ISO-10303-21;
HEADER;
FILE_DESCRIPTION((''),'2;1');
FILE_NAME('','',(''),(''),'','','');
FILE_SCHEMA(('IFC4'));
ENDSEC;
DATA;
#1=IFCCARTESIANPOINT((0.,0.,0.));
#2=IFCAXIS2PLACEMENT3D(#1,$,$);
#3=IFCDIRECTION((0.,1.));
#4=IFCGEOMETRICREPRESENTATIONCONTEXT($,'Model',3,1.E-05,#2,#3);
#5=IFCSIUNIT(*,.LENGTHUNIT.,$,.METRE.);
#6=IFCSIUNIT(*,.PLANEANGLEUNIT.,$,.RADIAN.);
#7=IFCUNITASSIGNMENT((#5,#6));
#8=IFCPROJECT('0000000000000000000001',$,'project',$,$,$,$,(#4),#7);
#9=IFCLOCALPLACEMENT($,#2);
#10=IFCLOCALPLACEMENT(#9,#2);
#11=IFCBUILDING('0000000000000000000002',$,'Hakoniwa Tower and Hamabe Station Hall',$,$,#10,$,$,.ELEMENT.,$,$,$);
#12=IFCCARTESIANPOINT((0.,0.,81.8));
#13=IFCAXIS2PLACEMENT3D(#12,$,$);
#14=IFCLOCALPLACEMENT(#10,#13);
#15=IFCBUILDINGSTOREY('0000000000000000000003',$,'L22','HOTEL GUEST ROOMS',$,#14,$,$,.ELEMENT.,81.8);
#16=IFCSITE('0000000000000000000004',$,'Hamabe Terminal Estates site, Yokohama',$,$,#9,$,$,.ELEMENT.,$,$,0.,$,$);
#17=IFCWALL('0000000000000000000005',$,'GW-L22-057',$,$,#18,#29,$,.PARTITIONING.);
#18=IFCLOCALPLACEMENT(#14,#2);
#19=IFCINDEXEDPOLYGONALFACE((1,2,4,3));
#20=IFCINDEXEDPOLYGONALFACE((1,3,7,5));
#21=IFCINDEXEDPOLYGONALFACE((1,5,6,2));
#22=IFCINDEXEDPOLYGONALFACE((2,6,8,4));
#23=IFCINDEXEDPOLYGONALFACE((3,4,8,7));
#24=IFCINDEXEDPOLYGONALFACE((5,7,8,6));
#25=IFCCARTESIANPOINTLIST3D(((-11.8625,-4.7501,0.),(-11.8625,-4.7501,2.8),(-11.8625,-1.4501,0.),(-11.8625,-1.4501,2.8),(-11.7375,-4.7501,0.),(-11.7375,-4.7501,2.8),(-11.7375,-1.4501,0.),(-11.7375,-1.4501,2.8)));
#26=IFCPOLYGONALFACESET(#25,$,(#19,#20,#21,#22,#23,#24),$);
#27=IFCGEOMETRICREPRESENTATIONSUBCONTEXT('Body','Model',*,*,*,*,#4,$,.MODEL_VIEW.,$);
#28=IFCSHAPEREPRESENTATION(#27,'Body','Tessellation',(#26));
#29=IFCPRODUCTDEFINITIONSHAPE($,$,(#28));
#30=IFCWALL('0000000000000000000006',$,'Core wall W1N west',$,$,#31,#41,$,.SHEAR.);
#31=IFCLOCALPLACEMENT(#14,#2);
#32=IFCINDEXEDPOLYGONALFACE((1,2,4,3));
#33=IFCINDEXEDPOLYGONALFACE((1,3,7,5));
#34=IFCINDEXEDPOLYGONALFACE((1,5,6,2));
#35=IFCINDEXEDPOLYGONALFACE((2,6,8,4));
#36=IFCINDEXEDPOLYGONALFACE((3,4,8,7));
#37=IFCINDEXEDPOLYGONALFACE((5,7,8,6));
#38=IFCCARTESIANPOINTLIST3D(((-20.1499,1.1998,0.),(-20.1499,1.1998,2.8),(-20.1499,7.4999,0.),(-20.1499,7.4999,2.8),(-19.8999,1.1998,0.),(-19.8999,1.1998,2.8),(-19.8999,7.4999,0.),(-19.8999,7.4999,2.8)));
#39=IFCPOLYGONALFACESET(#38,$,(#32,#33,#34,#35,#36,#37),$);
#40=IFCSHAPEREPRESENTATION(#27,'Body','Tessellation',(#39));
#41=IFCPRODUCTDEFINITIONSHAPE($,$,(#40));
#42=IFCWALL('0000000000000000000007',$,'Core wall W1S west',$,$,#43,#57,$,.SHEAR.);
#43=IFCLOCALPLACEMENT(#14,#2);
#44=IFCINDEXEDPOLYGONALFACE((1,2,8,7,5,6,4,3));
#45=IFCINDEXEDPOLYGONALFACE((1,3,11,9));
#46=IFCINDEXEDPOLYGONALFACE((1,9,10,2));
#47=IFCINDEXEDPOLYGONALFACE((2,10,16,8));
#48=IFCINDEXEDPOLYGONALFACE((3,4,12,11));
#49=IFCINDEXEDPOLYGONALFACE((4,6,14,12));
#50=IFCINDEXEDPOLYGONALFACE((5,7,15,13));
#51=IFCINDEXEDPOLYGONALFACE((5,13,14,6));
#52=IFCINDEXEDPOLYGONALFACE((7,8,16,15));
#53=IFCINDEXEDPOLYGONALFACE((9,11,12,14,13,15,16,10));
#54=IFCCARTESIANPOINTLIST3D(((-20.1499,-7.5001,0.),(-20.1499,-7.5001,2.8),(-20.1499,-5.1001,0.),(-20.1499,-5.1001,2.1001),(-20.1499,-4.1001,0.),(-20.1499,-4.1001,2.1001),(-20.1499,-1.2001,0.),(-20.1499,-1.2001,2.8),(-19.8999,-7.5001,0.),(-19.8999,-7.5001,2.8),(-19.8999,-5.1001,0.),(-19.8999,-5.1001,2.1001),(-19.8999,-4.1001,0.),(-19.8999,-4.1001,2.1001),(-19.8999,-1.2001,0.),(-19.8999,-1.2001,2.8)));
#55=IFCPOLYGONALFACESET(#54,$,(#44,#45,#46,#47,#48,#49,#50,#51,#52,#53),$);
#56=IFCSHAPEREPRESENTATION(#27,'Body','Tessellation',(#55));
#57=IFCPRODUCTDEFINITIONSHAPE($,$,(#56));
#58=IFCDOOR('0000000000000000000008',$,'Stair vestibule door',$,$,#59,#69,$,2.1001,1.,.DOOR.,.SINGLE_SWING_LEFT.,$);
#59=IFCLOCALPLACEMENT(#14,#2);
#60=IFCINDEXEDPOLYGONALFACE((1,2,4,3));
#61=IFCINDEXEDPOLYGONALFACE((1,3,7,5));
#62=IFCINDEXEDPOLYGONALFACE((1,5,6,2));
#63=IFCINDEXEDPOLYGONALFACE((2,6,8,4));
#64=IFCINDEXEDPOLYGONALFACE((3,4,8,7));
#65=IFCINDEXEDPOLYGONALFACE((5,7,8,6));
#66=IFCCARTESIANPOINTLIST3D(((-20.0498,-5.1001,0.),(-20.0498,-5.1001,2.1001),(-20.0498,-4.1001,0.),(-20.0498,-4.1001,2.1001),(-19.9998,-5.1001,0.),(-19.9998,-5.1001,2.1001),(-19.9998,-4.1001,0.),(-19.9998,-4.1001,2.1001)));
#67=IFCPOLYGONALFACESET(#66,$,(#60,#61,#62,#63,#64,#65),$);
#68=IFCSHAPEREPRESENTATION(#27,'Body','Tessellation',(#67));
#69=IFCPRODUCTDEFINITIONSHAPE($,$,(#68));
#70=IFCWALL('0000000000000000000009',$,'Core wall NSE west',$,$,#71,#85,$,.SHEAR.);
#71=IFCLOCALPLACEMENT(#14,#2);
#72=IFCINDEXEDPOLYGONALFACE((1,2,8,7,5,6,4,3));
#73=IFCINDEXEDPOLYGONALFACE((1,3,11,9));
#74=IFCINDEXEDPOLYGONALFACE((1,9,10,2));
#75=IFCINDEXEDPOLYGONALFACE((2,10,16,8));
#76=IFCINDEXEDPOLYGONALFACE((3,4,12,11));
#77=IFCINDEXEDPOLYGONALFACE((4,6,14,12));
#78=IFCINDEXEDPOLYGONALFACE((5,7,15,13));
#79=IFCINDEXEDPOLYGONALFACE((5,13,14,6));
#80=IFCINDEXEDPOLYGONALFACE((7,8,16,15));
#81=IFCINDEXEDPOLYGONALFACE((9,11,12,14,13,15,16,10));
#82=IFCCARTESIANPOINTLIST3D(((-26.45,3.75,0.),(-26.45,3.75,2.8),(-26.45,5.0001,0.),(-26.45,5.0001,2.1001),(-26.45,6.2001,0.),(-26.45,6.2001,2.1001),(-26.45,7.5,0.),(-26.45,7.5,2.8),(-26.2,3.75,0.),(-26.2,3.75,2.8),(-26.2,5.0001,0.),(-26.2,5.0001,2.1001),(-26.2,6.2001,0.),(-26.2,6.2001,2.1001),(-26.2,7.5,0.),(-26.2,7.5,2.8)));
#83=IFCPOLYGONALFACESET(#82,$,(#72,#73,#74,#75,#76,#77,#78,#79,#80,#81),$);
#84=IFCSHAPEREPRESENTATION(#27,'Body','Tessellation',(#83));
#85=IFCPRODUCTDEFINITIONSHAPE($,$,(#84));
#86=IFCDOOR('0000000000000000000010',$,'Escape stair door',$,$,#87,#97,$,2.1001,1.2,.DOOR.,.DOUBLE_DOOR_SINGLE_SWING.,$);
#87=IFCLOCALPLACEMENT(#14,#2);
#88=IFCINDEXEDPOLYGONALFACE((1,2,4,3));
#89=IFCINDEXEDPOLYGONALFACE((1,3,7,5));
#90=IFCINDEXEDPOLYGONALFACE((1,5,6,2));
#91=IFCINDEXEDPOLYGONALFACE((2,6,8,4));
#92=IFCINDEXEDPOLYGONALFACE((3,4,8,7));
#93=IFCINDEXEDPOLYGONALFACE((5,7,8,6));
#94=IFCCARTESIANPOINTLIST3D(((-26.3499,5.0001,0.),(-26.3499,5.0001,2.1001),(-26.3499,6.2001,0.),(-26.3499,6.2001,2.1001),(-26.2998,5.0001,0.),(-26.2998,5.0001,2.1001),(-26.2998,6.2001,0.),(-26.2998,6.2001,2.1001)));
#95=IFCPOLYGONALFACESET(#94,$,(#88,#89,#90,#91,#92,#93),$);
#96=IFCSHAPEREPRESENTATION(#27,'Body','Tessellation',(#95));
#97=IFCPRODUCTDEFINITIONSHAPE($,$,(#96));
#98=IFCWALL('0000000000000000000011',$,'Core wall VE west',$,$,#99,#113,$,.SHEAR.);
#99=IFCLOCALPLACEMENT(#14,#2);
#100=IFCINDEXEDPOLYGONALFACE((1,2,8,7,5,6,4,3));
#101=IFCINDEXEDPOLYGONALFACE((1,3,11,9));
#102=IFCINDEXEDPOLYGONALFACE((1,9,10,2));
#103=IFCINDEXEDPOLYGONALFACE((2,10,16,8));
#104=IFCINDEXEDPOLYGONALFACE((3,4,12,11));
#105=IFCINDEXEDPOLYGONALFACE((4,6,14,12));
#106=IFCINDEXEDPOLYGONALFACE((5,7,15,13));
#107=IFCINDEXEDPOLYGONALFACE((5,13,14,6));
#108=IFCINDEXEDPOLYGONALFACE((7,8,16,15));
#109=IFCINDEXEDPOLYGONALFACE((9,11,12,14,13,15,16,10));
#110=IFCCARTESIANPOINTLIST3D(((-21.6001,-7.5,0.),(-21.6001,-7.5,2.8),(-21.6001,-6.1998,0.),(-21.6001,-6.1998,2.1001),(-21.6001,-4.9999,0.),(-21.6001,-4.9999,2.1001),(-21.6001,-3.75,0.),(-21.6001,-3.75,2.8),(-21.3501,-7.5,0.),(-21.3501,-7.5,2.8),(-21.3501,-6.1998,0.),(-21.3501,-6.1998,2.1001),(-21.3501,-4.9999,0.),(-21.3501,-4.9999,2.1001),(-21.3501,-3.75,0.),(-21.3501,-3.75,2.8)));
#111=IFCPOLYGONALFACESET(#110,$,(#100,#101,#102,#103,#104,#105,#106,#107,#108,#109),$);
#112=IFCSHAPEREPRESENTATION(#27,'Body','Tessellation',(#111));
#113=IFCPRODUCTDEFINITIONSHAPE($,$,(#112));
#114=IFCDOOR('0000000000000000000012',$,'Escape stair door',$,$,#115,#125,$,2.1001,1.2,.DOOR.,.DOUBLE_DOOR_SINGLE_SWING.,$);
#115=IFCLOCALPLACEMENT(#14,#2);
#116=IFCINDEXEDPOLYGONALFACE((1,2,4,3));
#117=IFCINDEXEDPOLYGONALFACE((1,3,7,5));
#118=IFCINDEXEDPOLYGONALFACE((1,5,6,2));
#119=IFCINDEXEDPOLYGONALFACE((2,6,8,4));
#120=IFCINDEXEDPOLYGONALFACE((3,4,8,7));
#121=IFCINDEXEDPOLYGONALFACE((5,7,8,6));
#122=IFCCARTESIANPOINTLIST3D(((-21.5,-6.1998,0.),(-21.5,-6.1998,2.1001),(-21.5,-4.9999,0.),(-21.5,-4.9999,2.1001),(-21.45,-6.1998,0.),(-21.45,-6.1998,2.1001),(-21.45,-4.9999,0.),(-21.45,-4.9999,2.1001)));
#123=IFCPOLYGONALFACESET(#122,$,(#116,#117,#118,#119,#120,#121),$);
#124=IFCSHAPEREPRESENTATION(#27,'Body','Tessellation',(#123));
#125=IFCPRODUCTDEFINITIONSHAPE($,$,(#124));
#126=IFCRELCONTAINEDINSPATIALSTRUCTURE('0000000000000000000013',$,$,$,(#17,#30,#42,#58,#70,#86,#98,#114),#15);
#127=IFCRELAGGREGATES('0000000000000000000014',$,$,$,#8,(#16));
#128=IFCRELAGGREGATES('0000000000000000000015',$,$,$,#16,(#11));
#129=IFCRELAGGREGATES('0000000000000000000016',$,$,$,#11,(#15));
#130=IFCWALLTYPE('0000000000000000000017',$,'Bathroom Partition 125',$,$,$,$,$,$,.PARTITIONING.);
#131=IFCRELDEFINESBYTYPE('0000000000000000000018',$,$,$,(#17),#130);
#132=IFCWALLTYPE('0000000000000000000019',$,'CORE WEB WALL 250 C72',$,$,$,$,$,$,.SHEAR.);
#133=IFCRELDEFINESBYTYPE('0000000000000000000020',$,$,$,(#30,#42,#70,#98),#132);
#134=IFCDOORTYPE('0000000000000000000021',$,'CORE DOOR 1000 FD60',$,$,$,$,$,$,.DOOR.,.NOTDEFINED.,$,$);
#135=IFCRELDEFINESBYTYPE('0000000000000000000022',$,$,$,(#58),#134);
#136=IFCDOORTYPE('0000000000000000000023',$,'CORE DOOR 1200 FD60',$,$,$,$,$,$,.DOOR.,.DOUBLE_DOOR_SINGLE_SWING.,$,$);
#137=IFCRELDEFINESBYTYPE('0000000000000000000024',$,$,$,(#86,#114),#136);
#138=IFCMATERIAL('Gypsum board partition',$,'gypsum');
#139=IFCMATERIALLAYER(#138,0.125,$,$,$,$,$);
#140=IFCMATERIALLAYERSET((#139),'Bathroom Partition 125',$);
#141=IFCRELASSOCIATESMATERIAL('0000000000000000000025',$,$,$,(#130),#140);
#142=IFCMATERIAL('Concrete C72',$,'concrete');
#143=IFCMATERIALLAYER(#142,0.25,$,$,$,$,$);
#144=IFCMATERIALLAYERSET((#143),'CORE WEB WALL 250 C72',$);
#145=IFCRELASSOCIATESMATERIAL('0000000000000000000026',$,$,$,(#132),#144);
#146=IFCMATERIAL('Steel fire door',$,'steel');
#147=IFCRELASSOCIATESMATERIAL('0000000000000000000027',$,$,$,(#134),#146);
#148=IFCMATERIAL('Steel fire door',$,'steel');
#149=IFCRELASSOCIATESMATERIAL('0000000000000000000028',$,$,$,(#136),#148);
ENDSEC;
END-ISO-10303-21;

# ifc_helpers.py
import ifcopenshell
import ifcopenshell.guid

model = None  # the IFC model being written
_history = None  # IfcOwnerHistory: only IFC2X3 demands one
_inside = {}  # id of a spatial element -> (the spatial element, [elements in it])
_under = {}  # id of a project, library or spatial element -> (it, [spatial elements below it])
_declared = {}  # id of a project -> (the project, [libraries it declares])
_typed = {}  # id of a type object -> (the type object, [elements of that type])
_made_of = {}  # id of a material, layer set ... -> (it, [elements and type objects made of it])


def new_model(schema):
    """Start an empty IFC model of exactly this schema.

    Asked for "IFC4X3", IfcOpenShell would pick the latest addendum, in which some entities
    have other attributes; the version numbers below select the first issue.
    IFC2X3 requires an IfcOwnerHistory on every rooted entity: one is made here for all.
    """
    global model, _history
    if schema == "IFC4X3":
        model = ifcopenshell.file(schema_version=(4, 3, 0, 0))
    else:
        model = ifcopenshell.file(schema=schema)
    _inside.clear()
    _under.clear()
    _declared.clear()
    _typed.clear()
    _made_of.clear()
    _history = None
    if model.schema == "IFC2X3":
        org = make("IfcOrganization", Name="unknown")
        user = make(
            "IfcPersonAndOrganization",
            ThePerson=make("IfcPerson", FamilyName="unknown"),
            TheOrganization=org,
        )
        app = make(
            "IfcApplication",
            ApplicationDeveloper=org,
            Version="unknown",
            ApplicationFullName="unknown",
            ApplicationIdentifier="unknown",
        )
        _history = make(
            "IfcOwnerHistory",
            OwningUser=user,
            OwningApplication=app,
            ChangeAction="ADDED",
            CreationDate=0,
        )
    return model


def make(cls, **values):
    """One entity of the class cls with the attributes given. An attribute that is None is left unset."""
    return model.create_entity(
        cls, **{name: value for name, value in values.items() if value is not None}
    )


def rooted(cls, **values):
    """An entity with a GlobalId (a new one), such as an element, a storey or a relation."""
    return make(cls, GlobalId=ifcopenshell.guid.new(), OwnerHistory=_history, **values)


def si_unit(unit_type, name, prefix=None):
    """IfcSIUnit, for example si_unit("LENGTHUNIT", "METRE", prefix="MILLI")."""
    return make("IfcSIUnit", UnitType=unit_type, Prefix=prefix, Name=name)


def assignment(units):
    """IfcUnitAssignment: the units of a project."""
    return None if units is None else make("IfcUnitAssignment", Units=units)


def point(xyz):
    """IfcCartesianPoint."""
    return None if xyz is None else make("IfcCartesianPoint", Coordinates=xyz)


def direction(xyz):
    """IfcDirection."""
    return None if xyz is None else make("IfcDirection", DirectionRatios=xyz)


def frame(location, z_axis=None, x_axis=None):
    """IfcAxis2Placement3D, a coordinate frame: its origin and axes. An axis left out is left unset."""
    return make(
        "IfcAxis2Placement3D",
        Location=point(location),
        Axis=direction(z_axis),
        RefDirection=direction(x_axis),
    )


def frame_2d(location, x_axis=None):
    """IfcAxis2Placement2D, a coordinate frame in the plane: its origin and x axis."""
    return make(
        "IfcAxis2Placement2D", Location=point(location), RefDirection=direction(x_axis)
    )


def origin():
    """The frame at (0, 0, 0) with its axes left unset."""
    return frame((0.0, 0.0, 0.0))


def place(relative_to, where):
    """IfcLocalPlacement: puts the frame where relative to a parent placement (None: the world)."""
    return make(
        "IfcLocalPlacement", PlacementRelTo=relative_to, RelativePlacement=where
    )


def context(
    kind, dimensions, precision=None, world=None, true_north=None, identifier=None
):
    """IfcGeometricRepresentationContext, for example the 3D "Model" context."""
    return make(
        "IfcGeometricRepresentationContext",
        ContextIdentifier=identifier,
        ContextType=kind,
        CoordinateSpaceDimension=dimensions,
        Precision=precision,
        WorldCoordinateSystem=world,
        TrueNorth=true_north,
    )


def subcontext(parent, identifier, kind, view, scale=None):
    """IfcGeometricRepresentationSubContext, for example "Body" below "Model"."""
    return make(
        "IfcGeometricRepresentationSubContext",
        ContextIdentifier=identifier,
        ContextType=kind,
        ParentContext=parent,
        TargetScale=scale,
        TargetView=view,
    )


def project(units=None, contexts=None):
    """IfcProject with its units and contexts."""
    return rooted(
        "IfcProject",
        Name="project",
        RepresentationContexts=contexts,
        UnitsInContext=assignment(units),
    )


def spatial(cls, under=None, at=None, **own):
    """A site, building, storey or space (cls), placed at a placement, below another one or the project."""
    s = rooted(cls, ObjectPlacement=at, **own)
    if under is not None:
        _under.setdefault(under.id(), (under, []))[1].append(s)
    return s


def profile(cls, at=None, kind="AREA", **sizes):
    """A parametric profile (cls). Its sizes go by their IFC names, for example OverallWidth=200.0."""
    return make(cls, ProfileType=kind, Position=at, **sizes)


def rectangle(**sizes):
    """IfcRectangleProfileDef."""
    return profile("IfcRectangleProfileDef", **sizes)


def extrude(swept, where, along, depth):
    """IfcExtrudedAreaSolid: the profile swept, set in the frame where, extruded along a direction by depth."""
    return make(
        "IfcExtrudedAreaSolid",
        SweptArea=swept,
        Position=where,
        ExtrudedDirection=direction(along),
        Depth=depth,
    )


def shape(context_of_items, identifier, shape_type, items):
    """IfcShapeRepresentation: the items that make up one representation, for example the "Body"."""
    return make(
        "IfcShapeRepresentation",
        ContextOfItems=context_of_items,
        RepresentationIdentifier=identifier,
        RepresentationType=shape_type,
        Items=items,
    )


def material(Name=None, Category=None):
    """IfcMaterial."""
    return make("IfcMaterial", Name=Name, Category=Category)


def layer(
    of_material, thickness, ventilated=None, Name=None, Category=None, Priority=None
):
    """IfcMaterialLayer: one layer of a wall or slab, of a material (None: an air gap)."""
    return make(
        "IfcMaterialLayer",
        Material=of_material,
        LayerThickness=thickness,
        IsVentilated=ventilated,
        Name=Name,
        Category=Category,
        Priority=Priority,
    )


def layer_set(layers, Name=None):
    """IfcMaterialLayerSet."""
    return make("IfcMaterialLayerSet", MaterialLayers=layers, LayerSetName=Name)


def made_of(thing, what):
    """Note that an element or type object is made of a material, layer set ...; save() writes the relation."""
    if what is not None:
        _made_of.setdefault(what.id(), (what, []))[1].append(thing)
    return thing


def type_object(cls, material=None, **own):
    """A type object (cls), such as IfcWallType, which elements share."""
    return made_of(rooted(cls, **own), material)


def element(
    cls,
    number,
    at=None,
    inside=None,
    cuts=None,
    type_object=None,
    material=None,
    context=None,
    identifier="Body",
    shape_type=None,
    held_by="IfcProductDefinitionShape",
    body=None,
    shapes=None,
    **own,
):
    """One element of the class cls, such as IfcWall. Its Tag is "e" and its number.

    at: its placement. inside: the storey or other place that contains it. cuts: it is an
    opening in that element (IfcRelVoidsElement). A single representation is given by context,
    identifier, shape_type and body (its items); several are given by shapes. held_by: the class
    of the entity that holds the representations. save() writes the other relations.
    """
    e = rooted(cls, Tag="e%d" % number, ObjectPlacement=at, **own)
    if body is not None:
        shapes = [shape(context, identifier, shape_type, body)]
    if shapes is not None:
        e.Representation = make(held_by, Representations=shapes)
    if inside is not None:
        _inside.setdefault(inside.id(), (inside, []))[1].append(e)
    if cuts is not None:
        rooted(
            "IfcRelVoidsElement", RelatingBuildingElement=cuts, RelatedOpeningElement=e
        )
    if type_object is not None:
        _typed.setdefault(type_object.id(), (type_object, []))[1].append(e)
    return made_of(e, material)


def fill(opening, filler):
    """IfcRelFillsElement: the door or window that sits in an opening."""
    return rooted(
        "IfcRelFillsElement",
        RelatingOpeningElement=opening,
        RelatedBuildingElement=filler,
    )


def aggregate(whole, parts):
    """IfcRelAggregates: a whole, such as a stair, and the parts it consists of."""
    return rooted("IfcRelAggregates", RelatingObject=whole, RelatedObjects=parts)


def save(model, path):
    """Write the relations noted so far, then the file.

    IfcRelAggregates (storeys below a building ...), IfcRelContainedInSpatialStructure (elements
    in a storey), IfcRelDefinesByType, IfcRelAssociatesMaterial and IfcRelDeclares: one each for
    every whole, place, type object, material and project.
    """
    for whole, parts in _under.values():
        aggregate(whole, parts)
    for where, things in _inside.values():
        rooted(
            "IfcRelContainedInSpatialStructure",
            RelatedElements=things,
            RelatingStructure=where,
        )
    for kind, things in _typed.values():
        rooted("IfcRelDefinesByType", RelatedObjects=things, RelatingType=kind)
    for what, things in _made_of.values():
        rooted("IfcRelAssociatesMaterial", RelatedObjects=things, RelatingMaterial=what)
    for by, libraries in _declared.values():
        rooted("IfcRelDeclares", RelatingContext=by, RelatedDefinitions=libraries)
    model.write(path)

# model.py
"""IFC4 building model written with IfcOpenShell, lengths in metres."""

from ifc_helpers import new_model, si_unit, direction, frame, frame_2d, origin, place, context, subcontext, project, spatial, rectangle, extrude, material, layer, layer_set, type_object, element, fill, save


model = new_model("IFC4")

# Units and contexts
model_context = context("Model", 3, precision=1e-05, world=origin(), true_north=direction((0.0, 1.0)))
body_context = subcontext(model_context, "Body", "Model", "MODEL_VIEW")
ifc_project = project(units=[si_unit("LENGTHUNIT", "METRE"), si_unit("PLANEANGLEUNIT", "RADIAN")], contexts=[model_context])

# Site, building, storey
site_placement = place(None, origin())
site = spatial("IfcSite", under=ifc_project, at=site_placement, Name="Hamabe Terminal Estates site, Yokohama", CompositionType="ELEMENT", RefElevation=0.0)
building_placement = place(site_placement, origin())
building = spatial("IfcBuilding", under=site, at=building_placement, Name="Hakoniwa Tower and Hamabe Station Hall", CompositionType="ELEMENT")
storey_placement = place(building_placement, frame((0.0, 0.0, 81.8)))
storey = spatial("IfcBuildingStorey", under=building, at=storey_placement, Name="L22", Description="HOTEL GUEST ROOMS", CompositionType="ELEMENT", Elevation=81.8)

# Walls
ifc_material_1 = material(Name="Gypsum board partition", Category="gypsum")
ifc_layer_1 = layer(ifc_material_1, 0.125)
ifc_layer_set_1 = layer_set([ifc_layer_1], Name="Bathroom Partition 125")
wall_type_1 = type_object("IfcWallType", Name="Bathroom Partition 125", PredefinedType="PARTITIONING", material=ifc_layer_set_1)
wall_1_placement = place(storey_placement, frame((-11.8, -4.75, 0.0), z_axis=(0.0, 0.0, 1.0), x_axis=(0.0, 1.0, 0.0)))
element("IfcWall", 1, at=wall_1_placement, inside=storey, type_object=wall_type_1, Name="GW-L22-057", PredefinedType="PARTITIONING", context=body_context, shape_type="SweptSolid", body=[
    extrude(rectangle(XDim=3.3, YDim=0.125, at=frame_2d((1.6499, 0.0))), origin(), (0.0, 0.0, 1.0), 2.8),
])
ifc_material_2 = material(Name="Concrete C72", Category="concrete")
ifc_layer_2 = layer(ifc_material_2, 0.25)
ifc_layer_set_2 = layer_set([ifc_layer_2], Name="CORE WEB WALL 250 C72")
wall_type_2 = type_object("IfcWallType", Name="CORE WEB WALL 250 C72", PredefinedType="SHEAR", material=ifc_layer_set_2)
wall_2_placement = place(storey_placement, frame((-20.0249, 1.2, 0.0), z_axis=(0.0, 0.0, 1.0), x_axis=(0.0, 1.0, 0.0)))
element("IfcWall", 2, at=wall_2_placement, inside=storey, type_object=wall_type_2, Name="Core wall W1N west", PredefinedType="SHEAR", context=body_context, shape_type="SweptSolid", body=[
    extrude(rectangle(XDim=6.3, YDim=0.25, at=frame_2d((3.1499, 0.0))), origin(), (0.0, 0.0, 1.0), 2.8),
])

# Walls, openings, doors
wall_3_placement = place(storey_placement, frame((-20.0249, -7.5, 0.0), z_axis=(0.0, 0.0, 1.0), x_axis=(0.0, 1.0, 0.0)))
wall_3 = element("IfcWall", 3, at=wall_3_placement, inside=storey, type_object=wall_type_2, Name="Core wall W1S west", PredefinedType="SHEAR", context=body_context, shape_type="SweptSolid", body=[
    extrude(rectangle(XDim=6.3, YDim=0.25, at=frame_2d((3.1499, 0.0))), origin(), (0.0, 0.0, 1.0), 2.8),
])
opening_1_placement = place(wall_3_placement, frame((2.3999, 0.0, 0.0)))
opening_1 = element("IfcOpeningElement", 4, at=opening_1_placement, cuts=wall_3, PredefinedType="OPENING", context=body_context, shape_type="SweptSolid", body=[
    extrude(rectangle(XDim=1.0, YDim=2.1001, at=frame_2d((0.5, 1.05))), frame((0.0, 0.135, 0.0), z_axis=(0.0, -1.0, 0.0), x_axis=(1.0, 0.0, 0.0)), (0.0, 0.0, 1.0), 0.27),
])
ifc_material_3 = material(Name="Steel fire door", Category="steel")
door_type_1 = type_object("IfcDoorType", Name="CORE DOOR 1000 FD60", OperationType="NOTDEFINED", PredefinedType="DOOR", material=ifc_material_3)
door_1_placement = place(opening_1_placement, origin())
door_1 = element("IfcDoor", 5, at=door_1_placement, inside=storey, type_object=door_type_1, Name="Stair vestibule door", OperationType="SINGLE_SWING_LEFT", OverallHeight=2.1001, OverallWidth=1.0, PredefinedType="DOOR", context=body_context, shape_type="SweptSolid", body=[
    extrude(rectangle(XDim=1.0, YDim=2.1001, at=frame_2d((0.5, 1.05))), frame((0.0, 0.0249, 0.0), z_axis=(0.0, -1.0, 0.0), x_axis=(1.0, 0.0, 0.0)), (0.0, 0.0, 1.0), 0.05),
])
fill(opening_1, door_1)
wall_4_placement = place(storey_placement, frame((-26.325, 3.75, 0.0), z_axis=(0.0, 0.0, 1.0), x_axis=(0.0, 1.0, 0.0)))
wall_4 = element("IfcWall", 6, at=wall_4_placement, inside=storey, type_object=wall_type_2, Name="Core wall NSE west", PredefinedType="SHEAR", context=body_context, shape_type="SweptSolid", body=[
    extrude(rectangle(XDim=3.75, YDim=0.25, at=frame_2d((1.875, 0.0))), origin(), (0.0, 0.0, 1.0), 2.8),
])
opening_2_placement = place(wall_4_placement, frame((1.25, 0.0, 0.0)))
opening_2 = element("IfcOpeningElement", 7, at=opening_2_placement, cuts=wall_4, PredefinedType="OPENING", context=body_context, shape_type="SweptSolid", body=[
    extrude(rectangle(XDim=1.2, YDim=2.1001, at=frame_2d((0.6001, 1.05))), frame((0.0, 0.135, 0.0), z_axis=(0.0, -1.0, 0.0), x_axis=(1.0, 0.0, 0.0)), (0.0, 0.0, 1.0), 0.27),
])
ifc_material_4 = material(Name="Steel fire door", Category="steel")
door_type_2 = type_object("IfcDoorType", Name="CORE DOOR 1200 FD60", OperationType="DOUBLE_DOOR_SINGLE_SWING", PredefinedType="DOOR", material=ifc_material_4)
door_2_placement = place(opening_2_placement, origin())
door_2 = element("IfcDoor", 8, at=door_2_placement, inside=storey, type_object=door_type_2, Name="Escape stair door", OperationType="DOUBLE_DOOR_SINGLE_SWING", OverallHeight=2.1001, OverallWidth=1.2, PredefinedType="DOOR", context=body_context, shape_type="SweptSolid", body=[
    extrude(rectangle(XDim=1.2, YDim=2.1001, at=frame_2d((0.6001, 1.05))), frame((0.0, 0.0249, 0.0), z_axis=(0.0, -1.0, 0.0), x_axis=(1.0, 0.0, 0.0)), (0.0, 0.0, 1.0), 0.05),
])
fill(opening_2, door_2)
wall_5_placement = place(storey_placement, frame((-21.4751, -7.5, 0.0), z_axis=(0.0, 0.0, 1.0), x_axis=(0.0, 1.0, 0.0)))
wall_5 = element("IfcWall", 9, at=wall_5_placement, inside=storey, type_object=wall_type_2, Name="Core wall VE west", PredefinedType="SHEAR", context=body_context, shape_type="SweptSolid", body=[
    extrude(rectangle(XDim=3.75, YDim=0.25, at=frame_2d((1.875, 0.0))), origin(), (0.0, 0.0, 1.0), 2.8),
])
opening_3_placement = place(wall_5_placement, frame((1.3, 0.0, 0.0)))
opening_3 = element("IfcOpeningElement", 10, at=opening_3_placement, cuts=wall_5, PredefinedType="OPENING", context=body_context, shape_type="SweptSolid", body=[
    extrude(rectangle(XDim=1.2, YDim=2.1001, at=frame_2d((0.6001, 1.05))), frame((0.0, 0.135, 0.0), z_axis=(0.0, -1.0, 0.0), x_axis=(1.0, 0.0, 0.0)), (0.0, 0.0, 1.0), 0.27),
])
door_3_placement = place(opening_3_placement, origin())
door_3 = element("IfcDoor", 11, at=door_3_placement, inside=storey, type_object=door_type_2, Name="Escape stair door", OperationType="DOUBLE_DOOR_SINGLE_SWING", OverallHeight=2.1001, OverallWidth=1.2, PredefinedType="DOOR", context=body_context, shape_type="SweptSolid", body=[
    extrude(rectangle(XDim=1.2, YDim=2.1001, at=frame_2d((0.6001, 1.05))), frame((0.0, 0.0249, 0.0), z_axis=(0.0, -1.0, 0.0), x_axis=(1.0, 0.0, 0.0)), (0.0, 0.0, 1.0), 0.05),
])
fill(opening_3, door_3)

save(model, "model.ifc")
